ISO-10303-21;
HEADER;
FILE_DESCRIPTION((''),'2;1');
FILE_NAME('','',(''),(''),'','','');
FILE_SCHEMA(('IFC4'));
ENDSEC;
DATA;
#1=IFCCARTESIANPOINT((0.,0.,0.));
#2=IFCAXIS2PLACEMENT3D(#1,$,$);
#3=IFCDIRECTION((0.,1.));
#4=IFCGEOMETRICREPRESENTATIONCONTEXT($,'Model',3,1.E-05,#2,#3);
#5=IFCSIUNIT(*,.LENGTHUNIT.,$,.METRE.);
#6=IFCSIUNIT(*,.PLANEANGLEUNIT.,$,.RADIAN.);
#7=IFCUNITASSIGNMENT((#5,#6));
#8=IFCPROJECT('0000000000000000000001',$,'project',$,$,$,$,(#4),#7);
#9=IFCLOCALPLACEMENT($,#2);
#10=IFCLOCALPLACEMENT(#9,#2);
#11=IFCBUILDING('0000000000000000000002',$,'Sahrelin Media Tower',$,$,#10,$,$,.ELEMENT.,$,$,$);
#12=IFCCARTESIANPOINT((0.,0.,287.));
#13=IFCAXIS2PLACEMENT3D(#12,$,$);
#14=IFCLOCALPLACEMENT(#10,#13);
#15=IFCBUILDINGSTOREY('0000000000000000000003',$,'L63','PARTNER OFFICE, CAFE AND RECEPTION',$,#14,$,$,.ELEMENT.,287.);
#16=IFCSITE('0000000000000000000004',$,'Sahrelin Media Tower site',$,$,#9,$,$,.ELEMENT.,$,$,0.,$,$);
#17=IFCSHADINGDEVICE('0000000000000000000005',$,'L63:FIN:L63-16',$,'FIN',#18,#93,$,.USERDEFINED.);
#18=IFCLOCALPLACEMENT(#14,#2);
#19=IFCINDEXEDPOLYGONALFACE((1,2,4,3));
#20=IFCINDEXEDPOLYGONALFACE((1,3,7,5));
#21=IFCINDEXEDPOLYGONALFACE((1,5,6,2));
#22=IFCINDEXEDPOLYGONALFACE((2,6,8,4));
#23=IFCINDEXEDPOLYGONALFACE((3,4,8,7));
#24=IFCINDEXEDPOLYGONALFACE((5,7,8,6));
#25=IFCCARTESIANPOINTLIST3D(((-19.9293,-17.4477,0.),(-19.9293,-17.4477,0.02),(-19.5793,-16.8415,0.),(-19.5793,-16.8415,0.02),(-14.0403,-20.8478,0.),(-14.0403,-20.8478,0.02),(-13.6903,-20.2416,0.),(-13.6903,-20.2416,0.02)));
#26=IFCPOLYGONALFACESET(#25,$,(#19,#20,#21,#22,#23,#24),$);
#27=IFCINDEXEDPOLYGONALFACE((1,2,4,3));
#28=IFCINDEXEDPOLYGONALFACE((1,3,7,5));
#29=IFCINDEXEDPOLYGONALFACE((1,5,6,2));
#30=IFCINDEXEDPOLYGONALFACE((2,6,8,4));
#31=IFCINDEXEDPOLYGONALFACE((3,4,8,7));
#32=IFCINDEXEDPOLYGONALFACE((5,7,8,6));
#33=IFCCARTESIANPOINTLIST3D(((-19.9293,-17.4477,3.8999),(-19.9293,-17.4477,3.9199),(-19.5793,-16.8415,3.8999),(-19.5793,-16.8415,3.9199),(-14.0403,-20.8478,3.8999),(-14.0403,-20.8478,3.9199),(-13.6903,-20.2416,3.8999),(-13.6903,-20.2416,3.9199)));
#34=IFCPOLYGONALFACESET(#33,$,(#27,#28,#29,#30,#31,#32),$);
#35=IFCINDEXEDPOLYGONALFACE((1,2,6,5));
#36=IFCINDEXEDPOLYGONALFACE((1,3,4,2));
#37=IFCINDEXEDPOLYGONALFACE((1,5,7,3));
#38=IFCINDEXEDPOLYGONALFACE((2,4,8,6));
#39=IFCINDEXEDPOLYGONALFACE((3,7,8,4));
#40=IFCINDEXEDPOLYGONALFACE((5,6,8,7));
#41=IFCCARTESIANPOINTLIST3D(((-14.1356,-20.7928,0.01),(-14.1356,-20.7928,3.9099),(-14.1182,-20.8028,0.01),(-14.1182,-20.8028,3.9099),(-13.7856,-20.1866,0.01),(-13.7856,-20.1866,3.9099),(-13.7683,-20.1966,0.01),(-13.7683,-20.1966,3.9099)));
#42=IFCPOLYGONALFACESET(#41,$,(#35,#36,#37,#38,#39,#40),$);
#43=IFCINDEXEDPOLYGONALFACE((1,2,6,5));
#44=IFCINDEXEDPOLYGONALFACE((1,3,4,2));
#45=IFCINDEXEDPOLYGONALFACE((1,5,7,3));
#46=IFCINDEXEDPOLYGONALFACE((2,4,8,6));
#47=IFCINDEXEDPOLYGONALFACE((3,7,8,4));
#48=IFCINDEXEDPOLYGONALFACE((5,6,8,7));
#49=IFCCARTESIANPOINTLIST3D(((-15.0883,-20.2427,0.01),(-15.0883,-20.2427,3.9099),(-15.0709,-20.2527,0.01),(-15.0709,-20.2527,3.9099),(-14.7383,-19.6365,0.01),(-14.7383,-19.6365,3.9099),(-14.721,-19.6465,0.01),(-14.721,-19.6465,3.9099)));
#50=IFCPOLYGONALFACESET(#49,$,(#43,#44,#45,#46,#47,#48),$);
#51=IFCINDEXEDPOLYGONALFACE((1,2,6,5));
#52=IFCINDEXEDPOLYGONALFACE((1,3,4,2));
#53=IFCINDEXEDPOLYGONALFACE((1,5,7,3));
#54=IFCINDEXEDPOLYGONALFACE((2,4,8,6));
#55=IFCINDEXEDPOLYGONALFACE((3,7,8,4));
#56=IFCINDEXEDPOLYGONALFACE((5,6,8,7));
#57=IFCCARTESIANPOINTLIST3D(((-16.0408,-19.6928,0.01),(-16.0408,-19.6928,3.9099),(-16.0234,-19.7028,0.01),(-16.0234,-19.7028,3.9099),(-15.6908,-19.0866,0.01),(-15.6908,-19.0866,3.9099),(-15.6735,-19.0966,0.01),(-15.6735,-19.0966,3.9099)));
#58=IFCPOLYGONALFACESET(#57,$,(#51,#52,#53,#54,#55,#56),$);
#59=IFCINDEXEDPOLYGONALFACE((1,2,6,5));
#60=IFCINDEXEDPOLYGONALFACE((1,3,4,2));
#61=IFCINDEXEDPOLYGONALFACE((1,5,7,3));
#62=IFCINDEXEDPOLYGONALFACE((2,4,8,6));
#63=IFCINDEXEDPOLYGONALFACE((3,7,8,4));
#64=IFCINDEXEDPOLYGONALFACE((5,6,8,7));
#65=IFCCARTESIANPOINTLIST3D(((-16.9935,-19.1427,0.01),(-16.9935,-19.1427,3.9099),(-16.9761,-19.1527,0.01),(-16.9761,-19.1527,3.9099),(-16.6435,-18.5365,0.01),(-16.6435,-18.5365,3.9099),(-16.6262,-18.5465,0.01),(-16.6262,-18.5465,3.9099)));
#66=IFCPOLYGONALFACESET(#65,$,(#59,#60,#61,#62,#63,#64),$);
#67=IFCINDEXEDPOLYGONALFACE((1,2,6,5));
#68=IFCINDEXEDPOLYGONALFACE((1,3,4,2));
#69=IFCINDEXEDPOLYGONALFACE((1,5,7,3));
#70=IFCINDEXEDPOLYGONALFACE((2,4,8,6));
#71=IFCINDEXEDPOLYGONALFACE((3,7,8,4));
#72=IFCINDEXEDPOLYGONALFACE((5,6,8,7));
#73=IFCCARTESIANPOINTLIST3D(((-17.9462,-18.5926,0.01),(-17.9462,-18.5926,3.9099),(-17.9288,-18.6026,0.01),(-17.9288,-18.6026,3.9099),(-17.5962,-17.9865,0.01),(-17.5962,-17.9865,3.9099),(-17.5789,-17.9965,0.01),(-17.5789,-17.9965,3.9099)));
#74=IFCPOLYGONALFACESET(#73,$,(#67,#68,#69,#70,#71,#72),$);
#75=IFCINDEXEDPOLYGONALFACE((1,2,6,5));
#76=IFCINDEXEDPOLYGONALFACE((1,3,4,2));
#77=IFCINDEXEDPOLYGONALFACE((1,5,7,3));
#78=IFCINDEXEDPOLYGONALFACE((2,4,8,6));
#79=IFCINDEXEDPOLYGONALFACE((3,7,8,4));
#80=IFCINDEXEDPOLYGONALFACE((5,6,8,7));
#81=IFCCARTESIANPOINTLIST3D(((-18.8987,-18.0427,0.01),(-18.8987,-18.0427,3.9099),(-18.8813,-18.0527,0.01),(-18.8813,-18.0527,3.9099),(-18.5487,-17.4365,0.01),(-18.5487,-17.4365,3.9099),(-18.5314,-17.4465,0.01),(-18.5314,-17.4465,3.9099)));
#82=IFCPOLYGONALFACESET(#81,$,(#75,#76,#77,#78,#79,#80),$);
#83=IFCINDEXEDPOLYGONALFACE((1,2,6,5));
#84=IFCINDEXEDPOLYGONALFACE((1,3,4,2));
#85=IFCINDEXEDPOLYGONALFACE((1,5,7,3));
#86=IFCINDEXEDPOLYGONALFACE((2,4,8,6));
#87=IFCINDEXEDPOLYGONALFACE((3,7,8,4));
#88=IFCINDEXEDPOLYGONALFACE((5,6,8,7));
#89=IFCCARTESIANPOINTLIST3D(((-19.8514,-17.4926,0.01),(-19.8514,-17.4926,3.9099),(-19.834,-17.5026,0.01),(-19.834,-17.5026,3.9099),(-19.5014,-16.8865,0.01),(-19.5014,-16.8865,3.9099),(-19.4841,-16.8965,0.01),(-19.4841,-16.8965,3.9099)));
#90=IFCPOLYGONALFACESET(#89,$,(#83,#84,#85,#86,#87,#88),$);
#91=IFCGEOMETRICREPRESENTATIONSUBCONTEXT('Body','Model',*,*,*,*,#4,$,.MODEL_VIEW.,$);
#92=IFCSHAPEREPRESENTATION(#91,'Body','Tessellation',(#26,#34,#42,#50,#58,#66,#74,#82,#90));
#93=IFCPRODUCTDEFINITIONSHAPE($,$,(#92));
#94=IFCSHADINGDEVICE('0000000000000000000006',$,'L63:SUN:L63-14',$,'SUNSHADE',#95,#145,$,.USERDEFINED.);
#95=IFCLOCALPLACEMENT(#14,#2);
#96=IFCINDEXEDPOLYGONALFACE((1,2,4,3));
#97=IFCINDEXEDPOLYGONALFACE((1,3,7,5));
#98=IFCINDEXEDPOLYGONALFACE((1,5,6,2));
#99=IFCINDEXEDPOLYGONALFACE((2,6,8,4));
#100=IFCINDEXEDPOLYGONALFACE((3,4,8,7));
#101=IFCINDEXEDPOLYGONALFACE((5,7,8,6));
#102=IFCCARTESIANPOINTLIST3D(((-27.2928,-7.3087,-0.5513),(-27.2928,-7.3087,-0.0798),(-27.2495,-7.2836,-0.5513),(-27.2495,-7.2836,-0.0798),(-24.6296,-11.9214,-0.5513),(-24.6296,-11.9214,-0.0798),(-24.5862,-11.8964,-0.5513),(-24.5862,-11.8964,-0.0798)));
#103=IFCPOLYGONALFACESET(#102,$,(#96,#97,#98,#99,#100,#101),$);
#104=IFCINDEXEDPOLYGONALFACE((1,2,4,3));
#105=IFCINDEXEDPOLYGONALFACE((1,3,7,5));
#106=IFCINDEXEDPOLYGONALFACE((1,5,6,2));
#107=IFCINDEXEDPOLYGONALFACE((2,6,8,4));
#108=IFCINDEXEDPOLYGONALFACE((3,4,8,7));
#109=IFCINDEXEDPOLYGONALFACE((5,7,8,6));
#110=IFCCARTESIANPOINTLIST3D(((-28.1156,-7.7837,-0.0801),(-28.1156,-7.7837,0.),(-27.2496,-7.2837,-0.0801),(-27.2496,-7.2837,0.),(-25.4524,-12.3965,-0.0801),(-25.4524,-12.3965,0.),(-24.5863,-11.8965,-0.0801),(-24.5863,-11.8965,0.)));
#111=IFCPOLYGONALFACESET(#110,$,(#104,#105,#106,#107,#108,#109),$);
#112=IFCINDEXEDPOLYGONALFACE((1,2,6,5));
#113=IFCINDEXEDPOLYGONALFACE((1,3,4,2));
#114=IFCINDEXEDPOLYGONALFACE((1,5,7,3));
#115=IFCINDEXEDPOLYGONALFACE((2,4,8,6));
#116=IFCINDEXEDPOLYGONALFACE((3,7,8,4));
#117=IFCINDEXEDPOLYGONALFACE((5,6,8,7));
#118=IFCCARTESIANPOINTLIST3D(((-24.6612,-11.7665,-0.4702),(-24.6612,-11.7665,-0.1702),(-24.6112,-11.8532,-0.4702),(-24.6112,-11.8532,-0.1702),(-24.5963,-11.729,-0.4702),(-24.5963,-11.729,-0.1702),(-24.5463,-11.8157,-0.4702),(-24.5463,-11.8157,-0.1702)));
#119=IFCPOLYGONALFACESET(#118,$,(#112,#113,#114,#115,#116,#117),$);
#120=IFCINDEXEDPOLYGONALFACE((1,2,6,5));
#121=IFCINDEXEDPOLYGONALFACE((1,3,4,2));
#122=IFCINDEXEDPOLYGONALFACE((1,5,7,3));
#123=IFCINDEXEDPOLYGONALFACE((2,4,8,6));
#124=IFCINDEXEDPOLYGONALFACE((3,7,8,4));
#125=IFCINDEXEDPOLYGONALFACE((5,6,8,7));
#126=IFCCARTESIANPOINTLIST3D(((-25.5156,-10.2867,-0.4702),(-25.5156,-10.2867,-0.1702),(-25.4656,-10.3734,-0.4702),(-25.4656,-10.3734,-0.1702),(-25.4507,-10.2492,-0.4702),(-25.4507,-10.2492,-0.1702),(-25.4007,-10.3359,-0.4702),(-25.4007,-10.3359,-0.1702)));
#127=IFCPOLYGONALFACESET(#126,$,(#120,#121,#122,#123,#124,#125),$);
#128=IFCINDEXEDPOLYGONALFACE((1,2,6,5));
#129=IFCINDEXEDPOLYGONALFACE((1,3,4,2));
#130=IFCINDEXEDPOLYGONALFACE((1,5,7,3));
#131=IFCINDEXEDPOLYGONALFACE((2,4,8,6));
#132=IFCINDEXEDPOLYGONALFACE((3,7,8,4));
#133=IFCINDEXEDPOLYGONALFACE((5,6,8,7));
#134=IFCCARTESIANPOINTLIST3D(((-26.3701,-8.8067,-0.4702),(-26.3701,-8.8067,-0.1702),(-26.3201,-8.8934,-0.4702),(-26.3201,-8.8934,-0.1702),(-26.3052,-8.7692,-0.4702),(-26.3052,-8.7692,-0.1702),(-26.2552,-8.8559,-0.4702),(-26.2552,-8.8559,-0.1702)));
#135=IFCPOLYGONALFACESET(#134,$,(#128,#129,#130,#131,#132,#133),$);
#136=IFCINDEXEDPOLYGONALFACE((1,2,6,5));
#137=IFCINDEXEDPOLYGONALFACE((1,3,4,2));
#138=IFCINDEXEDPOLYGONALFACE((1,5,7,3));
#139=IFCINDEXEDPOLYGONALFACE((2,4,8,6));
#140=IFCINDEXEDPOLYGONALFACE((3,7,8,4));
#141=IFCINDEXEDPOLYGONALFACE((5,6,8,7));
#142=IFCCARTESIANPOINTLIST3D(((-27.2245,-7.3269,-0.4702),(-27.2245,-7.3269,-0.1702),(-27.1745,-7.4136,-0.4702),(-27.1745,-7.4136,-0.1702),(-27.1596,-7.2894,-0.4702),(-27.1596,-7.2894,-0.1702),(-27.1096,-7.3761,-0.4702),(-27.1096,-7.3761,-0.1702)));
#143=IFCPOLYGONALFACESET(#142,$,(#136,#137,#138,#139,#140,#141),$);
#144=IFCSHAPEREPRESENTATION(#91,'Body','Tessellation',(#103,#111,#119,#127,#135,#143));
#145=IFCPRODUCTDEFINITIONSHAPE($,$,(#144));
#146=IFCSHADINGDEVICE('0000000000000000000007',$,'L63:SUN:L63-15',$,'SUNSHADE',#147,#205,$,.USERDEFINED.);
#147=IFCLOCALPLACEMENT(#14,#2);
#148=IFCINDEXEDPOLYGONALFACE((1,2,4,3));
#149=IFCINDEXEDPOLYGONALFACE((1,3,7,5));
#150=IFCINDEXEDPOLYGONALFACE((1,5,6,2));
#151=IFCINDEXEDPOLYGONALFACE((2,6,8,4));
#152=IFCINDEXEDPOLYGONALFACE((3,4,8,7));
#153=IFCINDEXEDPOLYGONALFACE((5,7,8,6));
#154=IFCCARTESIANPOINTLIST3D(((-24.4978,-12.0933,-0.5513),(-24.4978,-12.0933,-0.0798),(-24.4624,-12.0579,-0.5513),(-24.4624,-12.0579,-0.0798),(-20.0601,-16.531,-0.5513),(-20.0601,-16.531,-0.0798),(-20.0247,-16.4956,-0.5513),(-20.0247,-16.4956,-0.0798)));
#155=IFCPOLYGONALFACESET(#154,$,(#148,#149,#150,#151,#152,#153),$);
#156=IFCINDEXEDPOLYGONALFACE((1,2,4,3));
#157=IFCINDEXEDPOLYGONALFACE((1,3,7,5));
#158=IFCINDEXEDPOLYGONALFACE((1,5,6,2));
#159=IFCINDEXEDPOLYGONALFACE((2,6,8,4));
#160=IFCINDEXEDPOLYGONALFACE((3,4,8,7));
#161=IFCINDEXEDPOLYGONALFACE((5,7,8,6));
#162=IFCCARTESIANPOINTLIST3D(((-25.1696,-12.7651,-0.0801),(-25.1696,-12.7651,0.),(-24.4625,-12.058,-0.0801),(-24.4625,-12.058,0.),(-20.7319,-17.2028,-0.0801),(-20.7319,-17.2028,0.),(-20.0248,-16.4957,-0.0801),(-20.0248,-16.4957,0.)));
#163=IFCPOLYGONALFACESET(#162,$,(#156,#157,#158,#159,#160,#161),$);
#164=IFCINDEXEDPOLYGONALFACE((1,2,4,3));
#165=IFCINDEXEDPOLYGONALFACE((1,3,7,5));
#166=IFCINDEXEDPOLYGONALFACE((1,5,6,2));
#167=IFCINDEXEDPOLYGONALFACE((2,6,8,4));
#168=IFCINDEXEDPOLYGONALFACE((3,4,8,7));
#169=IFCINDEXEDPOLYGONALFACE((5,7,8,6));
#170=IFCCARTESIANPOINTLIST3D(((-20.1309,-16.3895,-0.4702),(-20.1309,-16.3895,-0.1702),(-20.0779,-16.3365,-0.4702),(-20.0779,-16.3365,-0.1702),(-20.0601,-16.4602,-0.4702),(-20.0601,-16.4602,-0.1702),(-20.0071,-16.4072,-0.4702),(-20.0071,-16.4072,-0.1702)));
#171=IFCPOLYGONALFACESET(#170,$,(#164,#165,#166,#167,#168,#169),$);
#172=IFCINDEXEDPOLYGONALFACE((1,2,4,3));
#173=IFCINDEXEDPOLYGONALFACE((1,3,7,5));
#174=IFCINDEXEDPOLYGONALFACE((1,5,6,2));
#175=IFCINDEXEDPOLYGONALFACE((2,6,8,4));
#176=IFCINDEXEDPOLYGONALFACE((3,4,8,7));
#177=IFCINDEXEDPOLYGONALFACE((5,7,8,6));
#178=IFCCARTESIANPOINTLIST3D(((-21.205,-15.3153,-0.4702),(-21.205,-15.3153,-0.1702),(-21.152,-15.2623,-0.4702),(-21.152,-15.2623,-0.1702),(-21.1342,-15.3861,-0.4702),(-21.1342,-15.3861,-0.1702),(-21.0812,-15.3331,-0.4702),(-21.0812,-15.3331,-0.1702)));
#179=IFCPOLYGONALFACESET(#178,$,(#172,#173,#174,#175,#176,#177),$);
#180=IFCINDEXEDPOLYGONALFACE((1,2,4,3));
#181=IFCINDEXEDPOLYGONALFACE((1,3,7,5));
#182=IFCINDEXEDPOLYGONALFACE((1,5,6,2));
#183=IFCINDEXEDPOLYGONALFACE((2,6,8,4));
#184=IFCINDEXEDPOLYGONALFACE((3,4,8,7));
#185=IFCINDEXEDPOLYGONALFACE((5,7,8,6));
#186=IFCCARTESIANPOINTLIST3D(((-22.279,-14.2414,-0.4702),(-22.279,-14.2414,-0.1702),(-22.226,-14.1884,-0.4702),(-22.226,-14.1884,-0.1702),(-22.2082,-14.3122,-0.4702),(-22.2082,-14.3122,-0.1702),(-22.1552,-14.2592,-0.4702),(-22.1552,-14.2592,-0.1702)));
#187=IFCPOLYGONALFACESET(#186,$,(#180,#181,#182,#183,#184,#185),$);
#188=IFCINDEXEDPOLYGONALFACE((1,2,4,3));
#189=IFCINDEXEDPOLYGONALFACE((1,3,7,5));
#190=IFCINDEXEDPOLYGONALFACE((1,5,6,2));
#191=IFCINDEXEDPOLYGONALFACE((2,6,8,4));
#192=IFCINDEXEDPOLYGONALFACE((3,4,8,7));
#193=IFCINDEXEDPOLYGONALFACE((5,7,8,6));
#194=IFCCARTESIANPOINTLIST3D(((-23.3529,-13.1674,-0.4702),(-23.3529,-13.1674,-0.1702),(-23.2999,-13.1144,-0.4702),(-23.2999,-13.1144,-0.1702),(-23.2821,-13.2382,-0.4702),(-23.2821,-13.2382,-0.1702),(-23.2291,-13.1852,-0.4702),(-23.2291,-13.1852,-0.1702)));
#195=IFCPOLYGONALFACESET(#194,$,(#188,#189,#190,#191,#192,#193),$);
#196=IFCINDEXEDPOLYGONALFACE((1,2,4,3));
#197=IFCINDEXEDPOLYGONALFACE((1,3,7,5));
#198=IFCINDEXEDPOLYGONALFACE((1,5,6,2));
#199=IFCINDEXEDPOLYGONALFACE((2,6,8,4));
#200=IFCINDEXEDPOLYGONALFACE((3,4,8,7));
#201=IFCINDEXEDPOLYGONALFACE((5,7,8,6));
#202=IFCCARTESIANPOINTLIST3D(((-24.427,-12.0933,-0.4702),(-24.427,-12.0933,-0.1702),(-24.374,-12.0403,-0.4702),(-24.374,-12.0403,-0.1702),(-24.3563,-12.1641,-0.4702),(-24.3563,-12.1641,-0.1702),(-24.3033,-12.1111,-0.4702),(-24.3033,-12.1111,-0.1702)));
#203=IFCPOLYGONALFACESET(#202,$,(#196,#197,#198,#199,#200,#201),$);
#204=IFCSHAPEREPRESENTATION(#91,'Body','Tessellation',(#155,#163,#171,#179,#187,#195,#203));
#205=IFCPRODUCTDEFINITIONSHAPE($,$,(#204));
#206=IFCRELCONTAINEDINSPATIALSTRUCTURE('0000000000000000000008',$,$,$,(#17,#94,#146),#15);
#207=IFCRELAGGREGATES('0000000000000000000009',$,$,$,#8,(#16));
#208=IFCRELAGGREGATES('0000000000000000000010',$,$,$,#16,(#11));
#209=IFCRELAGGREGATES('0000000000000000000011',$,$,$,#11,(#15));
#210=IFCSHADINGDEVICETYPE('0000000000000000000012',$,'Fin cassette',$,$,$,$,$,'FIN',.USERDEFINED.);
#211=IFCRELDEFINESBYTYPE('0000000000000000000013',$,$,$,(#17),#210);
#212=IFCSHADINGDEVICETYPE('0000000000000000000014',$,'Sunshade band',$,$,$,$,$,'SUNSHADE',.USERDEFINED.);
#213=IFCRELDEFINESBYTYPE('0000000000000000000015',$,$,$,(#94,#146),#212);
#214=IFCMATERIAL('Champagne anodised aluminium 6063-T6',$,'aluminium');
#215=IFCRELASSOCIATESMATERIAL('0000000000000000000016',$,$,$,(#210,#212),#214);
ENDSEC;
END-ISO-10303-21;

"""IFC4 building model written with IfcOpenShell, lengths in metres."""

from ifc_helpers import new_model, si_unit, direction, frame, origin, origin_2d, place, context, subcontext, project, spatial, rectangle, extrude, material, type_object, element, save


model = new_model("IFC4")

# Units and contexts
model_context = context("Model", 3, precision=1e-05, world=origin(), true_north=direction((0.0, 1.0)))
body_context = subcontext(model_context, "Body", "Model", "MODEL_VIEW")
ifc_project = project(units=[si_unit("LENGTHUNIT", "METRE"), si_unit("PLANEANGLEUNIT", "RADIAN")], contexts=[model_context])

# Site, building, storey
site_placement = place(None, origin())
site = spatial("IfcSite", under=ifc_project, at=site_placement, Name="Sahrelin Media Tower site", CompositionType="ELEMENT", RefElevation=0.0)
building_placement = place(site_placement, origin())
building = spatial("IfcBuilding", under=site, at=building_placement, Name="Sahrelin Media Tower", CompositionType="ELEMENT")
storey_placement = place(building_placement, frame((0.0, 0.0, 287.0)))
storey = spatial("IfcBuildingStorey", under=building, at=storey_placement, Name="L63", Description="PARTNER OFFICE, CAFE AND RECEPTION", CompositionType="ELEMENT", Elevation=287.0)

# Shared definitions
ifc_material_1 = material(Name="Champagne anodised aluminium 6063-T6", Category="aluminium")

# Shading devices
shading_device_type_1 = type_object("IfcShadingDeviceType", Name="Fin cassette", ElementType="FIN", PredefinedType="USERDEFINED", material=ifc_material_1)
placement_1 = place(storey_placement, frame((-25.9006, -9.5801, 0.0), z_axis=(0.0, 0.0, 1.0), x_axis=(-0.500011, 0.866019, 0.0)))
placement_2 = place(storey_placement, frame((-22.2295, -14.2627, 0.0), z_axis=(0.0, 0.0, 1.0), x_axis=(-0.707107, 0.707107, 0.0)))
placement_3 = place(storey_placement, frame((-16.5999, -18.481, 0.0), z_axis=(0.0, 0.0, 1.0), x_axis=(-0.866019, 0.500011, 0.0)))
element("IfcShadingDevice", 1, at=placement_3, inside=storey, type_object=shading_device_type_1, Name="L63:FIN:L63-16", ObjectType="FIN", PredefinedType="USERDEFINED", context=body_context, shape_type="SweptSolid", body=[
    extrude(rectangle(XDim=6.8, YDim=0.7, at=origin_2d()), frame((0.0, 0.4199, 0.0)), (0.0, 0.0, 1.0), 0.02),
    extrude(rectangle(XDim=6.8, YDim=0.7, at=origin_2d()), frame((0.0, 0.4199, 3.8999)), (0.0, 0.0, 1.0), 0.02),
    extrude(rectangle(XDim=0.02, YDim=0.7, at=origin_2d()), frame((-3.3, 0.4199, 0.01), z_axis=(0.0, 0.0, 1.0), x_axis=(1.0, 0.0, 0.0)), (0.0, 0.0, 1.0), 3.8999),
    extrude(rectangle(XDim=0.02, YDim=0.7, at=origin_2d()), frame((-2.2, 0.4199, 0.01), z_axis=(0.0, 0.0, 1.0), x_axis=(1.0, 0.0, 0.0)), (0.0, 0.0, 1.0), 3.8999),
    extrude(rectangle(XDim=0.02, YDim=0.7, at=origin_2d()), frame((-1.1001, 0.4199, 0.01), z_axis=(0.0, 0.0, 1.0), x_axis=(1.0, 0.0, 0.0)), (0.0, 0.0, 1.0), 3.8999),
    extrude(rectangle(XDim=0.02, YDim=0.7, at=origin_2d()), frame((0.0, 0.4199, 0.01), z_axis=(0.0, 0.0, 1.0), x_axis=(1.0, 0.0, 0.0)), (0.0, 0.0, 1.0), 3.8999),
    extrude(rectangle(XDim=0.02, YDim=0.7, at=origin_2d()), frame((1.1001, 0.4199, 0.01), z_axis=(0.0, 0.0, 1.0), x_axis=(1.0, 0.0, 0.0)), (0.0, 0.0, 1.0), 3.8999),
    extrude(rectangle(XDim=0.02, YDim=0.7, at=origin_2d()), frame((2.2, 0.4199, 0.01), z_axis=(0.0, 0.0, 1.0), x_axis=(1.0, 0.0, 0.0)), (0.0, 0.0, 1.0), 3.8999),
    extrude(rectangle(XDim=0.02, YDim=0.7, at=origin_2d()), frame((3.3, 0.4199, 0.01), z_axis=(0.0, 0.0, 1.0), x_axis=(1.0, 0.0, 0.0)), (0.0, 0.0, 1.0), 3.8999),
])
shading_device_type_2 = type_object("IfcShadingDeviceType", Name="Sunshade band", ElementType="SUNSHADE", PredefinedType="USERDEFINED", material=ifc_material_1)
element("IfcShadingDevice", 2, at=placement_1, inside=storey, type_object=shading_device_type_2, Name="L63:SUN:L63-14", ObjectType="SUNSHADE", PredefinedType="USERDEFINED", context=body_context, shape_type="SweptSolid", body=[
    extrude(rectangle(XDim=5.3264, YDim=0.05, at=origin_2d()), frame((0.0, 0.0449, -0.5513)), (0.0, 0.0, 1.0), 0.4714),
    extrude(rectangle(XDim=5.3264, YDim=1.0, at=origin_2d()), frame((0.0, 0.52, -0.0801)), (0.0, 0.0, 1.0), 0.0801),
    extrude(rectangle(XDim=0.1001, YDim=0.075, at=origin_2d()), frame((-2.5632, -0.0176, -0.4702)), (0.0, 0.0, 1.0), 0.3),
    extrude(rectangle(XDim=0.1001, YDim=0.075, at=origin_2d()), frame((-0.8545, -0.0176, -0.4702)), (0.0, 0.0, 1.0), 0.3),
    extrude(rectangle(XDim=0.1001, YDim=0.075, at=origin_2d()), frame((0.8545, -0.0176, -0.4702)), (0.0, 0.0, 1.0), 0.3),
    extrude(rectangle(XDim=0.1001, YDim=0.075, at=origin_2d()), frame((2.5632, -0.0176, -0.4702)), (0.0, 0.0, 1.0), 0.3),
])
element("IfcShadingDevice", 3, at=placement_2, inside=storey, type_object=shading_device_type_2, Name="L63:SUN:L63-15", ObjectType="SUNSHADE", PredefinedType="USERDEFINED", context=body_context, shape_type="SweptSolid", body=[
    extrude(rectangle(XDim=6.2759, YDim=0.05, at=origin_2d()), frame((0.0, 0.0449, -0.5513)), (0.0, 0.0, 1.0), 0.4714),
    extrude(rectangle(XDim=6.2759, YDim=1.0, at=origin_2d()), frame((0.0, 0.52, -0.0801)), (0.0, 0.0, 1.0), 0.0801),
    extrude(rectangle(XDim=0.1001, YDim=0.075, at=origin_2d()), frame((-3.0378, -0.0176, -0.4702)), (0.0, 0.0, 1.0), 0.3),
    extrude(rectangle(XDim=0.1001, YDim=0.075, at=origin_2d()), frame((-1.5188, -0.0176, -0.4702)), (0.0, 0.0, 1.0), 0.3),
    extrude(rectangle(XDim=0.1001, YDim=0.075, at=origin_2d()), frame((0.0, -0.0176, -0.4702)), (0.0, 0.0, 1.0), 0.3),
    extrude(rectangle(XDim=0.1001, YDim=0.075, at=origin_2d()), frame((1.5188, -0.0176, -0.4702)), (0.0, 0.0, 1.0), 0.3),
    extrude(rectangle(XDim=0.1001, YDim=0.075, at=origin_2d()), frame((3.0378, -0.0176, -0.4702)), (0.0, 0.0, 1.0), 0.3),
])

save(model, "model.ifc")
